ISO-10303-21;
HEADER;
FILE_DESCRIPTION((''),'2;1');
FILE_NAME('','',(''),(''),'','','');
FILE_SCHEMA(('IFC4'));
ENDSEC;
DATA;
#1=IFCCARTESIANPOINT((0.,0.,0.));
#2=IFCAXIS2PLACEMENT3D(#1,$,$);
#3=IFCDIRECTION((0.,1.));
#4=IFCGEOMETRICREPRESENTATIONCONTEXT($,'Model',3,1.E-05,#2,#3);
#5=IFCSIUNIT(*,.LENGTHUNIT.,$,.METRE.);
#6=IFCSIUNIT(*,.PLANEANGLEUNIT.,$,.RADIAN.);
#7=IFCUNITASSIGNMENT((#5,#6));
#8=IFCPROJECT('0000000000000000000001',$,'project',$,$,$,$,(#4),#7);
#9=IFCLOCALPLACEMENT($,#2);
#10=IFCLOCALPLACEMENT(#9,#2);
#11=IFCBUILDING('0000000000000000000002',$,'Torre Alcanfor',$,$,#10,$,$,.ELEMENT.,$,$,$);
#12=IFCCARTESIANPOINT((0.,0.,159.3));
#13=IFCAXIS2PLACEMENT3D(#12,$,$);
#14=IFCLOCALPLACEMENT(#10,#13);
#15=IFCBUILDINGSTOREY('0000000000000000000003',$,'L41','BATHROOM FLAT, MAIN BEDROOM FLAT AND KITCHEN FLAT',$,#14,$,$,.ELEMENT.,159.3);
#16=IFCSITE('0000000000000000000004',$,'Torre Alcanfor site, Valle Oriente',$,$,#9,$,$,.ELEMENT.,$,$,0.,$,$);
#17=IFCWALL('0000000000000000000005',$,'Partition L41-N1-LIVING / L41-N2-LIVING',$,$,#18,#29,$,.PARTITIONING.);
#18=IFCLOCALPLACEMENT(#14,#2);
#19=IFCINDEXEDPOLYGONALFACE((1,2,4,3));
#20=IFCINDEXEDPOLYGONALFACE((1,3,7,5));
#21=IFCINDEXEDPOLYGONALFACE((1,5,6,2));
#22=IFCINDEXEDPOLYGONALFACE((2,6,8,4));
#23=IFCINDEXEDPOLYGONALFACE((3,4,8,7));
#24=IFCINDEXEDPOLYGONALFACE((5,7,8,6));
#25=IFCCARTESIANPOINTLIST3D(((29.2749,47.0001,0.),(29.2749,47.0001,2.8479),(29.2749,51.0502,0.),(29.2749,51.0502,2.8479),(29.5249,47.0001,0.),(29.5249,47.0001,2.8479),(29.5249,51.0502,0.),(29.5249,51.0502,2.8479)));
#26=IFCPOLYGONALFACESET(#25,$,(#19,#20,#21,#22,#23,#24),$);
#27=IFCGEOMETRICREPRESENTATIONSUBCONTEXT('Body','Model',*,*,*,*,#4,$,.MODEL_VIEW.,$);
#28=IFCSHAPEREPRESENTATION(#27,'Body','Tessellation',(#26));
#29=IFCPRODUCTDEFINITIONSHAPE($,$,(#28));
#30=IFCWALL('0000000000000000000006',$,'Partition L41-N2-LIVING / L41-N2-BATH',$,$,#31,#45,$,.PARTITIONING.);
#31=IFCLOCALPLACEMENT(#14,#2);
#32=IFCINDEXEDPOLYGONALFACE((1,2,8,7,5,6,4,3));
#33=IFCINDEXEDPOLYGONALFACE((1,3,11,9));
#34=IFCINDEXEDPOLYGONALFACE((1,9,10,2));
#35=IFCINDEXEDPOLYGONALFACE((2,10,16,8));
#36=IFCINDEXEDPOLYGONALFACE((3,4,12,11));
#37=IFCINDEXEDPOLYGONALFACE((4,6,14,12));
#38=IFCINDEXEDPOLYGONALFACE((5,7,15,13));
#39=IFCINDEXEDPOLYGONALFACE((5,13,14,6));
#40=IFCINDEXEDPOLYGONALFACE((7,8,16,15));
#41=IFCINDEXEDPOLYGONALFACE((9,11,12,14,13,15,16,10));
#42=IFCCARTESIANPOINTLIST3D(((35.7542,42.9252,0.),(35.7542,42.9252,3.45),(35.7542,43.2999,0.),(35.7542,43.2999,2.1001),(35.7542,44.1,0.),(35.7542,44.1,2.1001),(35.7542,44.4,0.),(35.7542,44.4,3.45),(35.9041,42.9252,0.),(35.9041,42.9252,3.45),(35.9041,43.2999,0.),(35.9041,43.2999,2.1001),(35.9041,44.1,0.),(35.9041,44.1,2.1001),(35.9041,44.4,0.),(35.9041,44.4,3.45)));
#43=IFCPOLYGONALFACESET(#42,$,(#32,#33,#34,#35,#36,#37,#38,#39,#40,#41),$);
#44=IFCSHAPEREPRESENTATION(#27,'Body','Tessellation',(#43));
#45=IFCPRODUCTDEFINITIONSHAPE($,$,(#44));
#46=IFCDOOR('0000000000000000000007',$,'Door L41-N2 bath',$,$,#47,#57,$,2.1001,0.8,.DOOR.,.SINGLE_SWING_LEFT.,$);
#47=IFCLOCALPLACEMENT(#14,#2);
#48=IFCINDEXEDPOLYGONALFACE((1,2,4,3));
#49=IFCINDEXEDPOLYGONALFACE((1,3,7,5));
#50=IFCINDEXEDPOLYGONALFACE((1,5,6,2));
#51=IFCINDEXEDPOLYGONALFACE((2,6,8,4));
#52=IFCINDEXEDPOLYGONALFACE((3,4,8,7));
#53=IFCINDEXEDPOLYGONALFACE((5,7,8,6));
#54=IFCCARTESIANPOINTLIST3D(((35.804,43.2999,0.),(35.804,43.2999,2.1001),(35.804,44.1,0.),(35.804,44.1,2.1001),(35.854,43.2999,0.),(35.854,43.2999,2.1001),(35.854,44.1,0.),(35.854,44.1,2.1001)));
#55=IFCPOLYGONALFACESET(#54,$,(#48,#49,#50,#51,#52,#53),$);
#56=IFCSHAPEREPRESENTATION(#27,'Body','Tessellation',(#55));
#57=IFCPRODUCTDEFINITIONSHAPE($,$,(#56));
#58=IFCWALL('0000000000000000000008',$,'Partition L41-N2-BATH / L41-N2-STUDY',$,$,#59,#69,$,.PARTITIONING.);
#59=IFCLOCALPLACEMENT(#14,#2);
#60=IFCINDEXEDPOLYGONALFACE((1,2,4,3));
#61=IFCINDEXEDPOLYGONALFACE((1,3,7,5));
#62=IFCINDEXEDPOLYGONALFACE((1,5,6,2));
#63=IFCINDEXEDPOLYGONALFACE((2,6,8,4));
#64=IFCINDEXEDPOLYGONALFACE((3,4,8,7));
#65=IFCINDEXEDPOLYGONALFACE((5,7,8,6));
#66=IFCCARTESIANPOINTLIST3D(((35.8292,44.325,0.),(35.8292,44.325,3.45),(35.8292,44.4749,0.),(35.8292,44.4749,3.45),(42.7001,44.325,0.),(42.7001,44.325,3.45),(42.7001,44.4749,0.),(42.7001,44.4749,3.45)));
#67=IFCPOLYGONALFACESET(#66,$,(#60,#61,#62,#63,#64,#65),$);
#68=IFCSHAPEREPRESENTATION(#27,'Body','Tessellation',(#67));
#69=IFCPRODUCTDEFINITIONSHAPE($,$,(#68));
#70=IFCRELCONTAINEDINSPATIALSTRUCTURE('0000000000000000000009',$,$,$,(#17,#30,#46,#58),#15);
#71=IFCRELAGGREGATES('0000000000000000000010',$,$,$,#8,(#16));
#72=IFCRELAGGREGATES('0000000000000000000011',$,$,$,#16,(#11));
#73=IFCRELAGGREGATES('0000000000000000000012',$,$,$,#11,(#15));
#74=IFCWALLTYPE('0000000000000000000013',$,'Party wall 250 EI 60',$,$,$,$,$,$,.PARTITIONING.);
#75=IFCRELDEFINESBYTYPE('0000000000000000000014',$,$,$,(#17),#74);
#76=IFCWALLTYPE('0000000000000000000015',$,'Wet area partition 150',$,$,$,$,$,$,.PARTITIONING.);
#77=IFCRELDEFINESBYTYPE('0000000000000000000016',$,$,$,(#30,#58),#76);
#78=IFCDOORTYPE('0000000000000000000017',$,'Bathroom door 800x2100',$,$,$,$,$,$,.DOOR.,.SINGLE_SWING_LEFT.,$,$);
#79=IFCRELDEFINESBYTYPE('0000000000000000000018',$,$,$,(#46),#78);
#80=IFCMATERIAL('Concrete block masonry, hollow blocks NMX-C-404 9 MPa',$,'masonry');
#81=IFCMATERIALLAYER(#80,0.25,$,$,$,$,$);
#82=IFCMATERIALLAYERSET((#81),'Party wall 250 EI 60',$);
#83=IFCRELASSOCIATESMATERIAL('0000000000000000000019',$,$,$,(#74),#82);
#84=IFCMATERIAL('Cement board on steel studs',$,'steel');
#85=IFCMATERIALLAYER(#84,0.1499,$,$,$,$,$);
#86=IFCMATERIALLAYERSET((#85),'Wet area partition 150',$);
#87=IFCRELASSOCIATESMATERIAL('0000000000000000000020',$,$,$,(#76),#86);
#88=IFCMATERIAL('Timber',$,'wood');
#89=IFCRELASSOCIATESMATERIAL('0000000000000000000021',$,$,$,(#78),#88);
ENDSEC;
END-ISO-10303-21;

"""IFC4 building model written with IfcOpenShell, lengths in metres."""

from ifc_helpers import new_model, si_unit, direction, frame, frame_2d, origin, place, context, subcontext, project, spatial, rectangle, extrude, material, layer, layer_set, type_object, element, fill, save


model = new_model("IFC4")

# Units and contexts
model_context = context("Model", 3, precision=1e-05, world=origin(), true_north=direction((0.0, 1.0)))
body_context = subcontext(model_context, "Body", "Model", "MODEL_VIEW")
ifc_project = project(units=[si_unit("LENGTHUNIT", "METRE"), si_unit("PLANEANGLEUNIT", "RADIAN")], contexts=[model_context])

# Site, building, storey
site_placement = place(None, origin())
site = spatial("IfcSite", under=ifc_project, at=site_placement, Name="Torre Alcanfor site, Valle Oriente", CompositionType="ELEMENT", RefElevation=0.0)
building_placement = place(site_placement, origin())
building = spatial("IfcBuilding", under=site, at=building_placement, Name="Torre Alcanfor", CompositionType="ELEMENT")
storey_placement = place(building_placement, frame((0.0, 0.0, 159.3)))
storey = spatial("IfcBuildingStorey", under=building, at=storey_placement, Name="L41", Description="BATHROOM FLAT, MAIN BEDROOM FLAT AND KITCHEN FLAT", CompositionType="ELEMENT", Elevation=159.3)

# Wall
ifc_material_1 = material(Name="Concrete block masonry, hollow blocks NMX-C-404 9 MPa", Category="masonry")
ifc_layer_1 = layer(ifc_material_1, 0.25)
ifc_layer_set_1 = layer_set([ifc_layer_1], Name="Party wall 250 EI 60")
wall_type_1 = type_object("IfcWallType", Name="Party wall 250 EI 60", PredefinedType="PARTITIONING", material=ifc_layer_set_1)
wall_1_placement = place(storey_placement, frame((29.3999, 51.05, 0.0), z_axis=(0.0, 0.0, 1.0), x_axis=(0.0, -1.0, 0.0)))
element("IfcWall", 1, at=wall_1_placement, inside=storey, type_object=wall_type_1, Name="Partition L41-N1-LIVING / L41-N2-LIVING", PredefinedType="PARTITIONING", context=body_context, shape_type="SweptSolid", body=[
    extrude(rectangle(XDim=4.05, YDim=0.25, at=frame_2d((2.0249, 0.0))), origin(), (0.0, 0.0, 1.0), 2.8479),
])

# Wall, opening, door
ifc_material_2 = material(Name="Cement board on steel studs", Category="steel")
ifc_layer_2 = layer(ifc_material_2, 0.1499)
ifc_layer_set_2 = layer_set([ifc_layer_2], Name="Wet area partition 150")
wall_type_2 = type_object("IfcWallType", Name="Wet area partition 150", PredefinedType="PARTITIONING", material=ifc_layer_set_2)
wall_2_placement = place(storey_placement, frame((35.8291, 44.3999, 0.0), z_axis=(0.0, 0.0, 1.0), x_axis=(0.0, -1.0, 0.0)))
wall_2 = element("IfcWall", 2, at=wall_2_placement, inside=storey, type_object=wall_type_2, Name="Partition L41-N2-LIVING / L41-N2-BATH", PredefinedType="PARTITIONING", context=body_context, shape_type="SweptSolid", body=[
    extrude(rectangle(XDim=1.4749, YDim=0.1499, at=frame_2d((0.7373, 0.0))), origin(), (0.0, 0.0, 1.0), 3.45),
])
opening_1_placement = place(wall_2_placement, frame((0.3, 0.0, 0.0)))
opening_1 = element("IfcOpeningElement", 3, at=opening_1_placement, cuts=wall_2, PredefinedType="OPENING", context=body_context, shape_type="SweptSolid", body=[
    extrude(rectangle(XDim=0.8, YDim=2.1001, at=frame_2d((0.3999, 1.05))), frame((0.0, 0.085, 0.0), z_axis=(0.0, -1.0, 0.0), x_axis=(1.0, 0.0, 0.0)), (0.0, 0.0, 1.0), 0.1699),
])
ifc_material_3 = material(Name="Timber", Category="wood")
door_type_1 = type_object("IfcDoorType", Name="Bathroom door 800x2100", OperationType="SINGLE_SWING_LEFT", PredefinedType="DOOR", material=ifc_material_3)
door_1_placement = place(opening_1_placement, origin())
door_1 = element("IfcDoor", 4, at=door_1_placement, inside=storey, type_object=door_type_1, Name="Door L41-N2 bath", OperationType="SINGLE_SWING_LEFT", OverallHeight=2.1001, OverallWidth=0.8, PredefinedType="DOOR", context=body_context, shape_type="SweptSolid", body=[
    extrude(rectangle(XDim=0.8, YDim=2.1001, at=frame_2d((0.3999, 1.05))), frame((0.0, 0.0249, 0.0), z_axis=(0.0, -1.0, 0.0), x_axis=(1.0, 0.0, 0.0)), (0.0, 0.0, 1.0), 0.05),
])
fill(opening_1, door_1)

# Wall
wall_3_placement = place(storey_placement, frame((35.8291, 44.3999, 0.0), z_axis=(0.0, 0.0, 1.0), x_axis=(1.0, 0.0, 0.0)))
element("IfcWall", 5, at=wall_3_placement, inside=storey, type_object=wall_type_2, Name="Partition L41-N2-BATH / L41-N2-STUDY", PredefinedType="PARTITIONING", context=body_context, shape_type="SweptSolid", body=[
    extrude(rectangle(XDim=6.8708, YDim=0.1499, at=frame_2d((3.4355, 0.0))), origin(), (0.0, 0.0, 1.0), 3.45),
])

save(model, "model.ifc")
